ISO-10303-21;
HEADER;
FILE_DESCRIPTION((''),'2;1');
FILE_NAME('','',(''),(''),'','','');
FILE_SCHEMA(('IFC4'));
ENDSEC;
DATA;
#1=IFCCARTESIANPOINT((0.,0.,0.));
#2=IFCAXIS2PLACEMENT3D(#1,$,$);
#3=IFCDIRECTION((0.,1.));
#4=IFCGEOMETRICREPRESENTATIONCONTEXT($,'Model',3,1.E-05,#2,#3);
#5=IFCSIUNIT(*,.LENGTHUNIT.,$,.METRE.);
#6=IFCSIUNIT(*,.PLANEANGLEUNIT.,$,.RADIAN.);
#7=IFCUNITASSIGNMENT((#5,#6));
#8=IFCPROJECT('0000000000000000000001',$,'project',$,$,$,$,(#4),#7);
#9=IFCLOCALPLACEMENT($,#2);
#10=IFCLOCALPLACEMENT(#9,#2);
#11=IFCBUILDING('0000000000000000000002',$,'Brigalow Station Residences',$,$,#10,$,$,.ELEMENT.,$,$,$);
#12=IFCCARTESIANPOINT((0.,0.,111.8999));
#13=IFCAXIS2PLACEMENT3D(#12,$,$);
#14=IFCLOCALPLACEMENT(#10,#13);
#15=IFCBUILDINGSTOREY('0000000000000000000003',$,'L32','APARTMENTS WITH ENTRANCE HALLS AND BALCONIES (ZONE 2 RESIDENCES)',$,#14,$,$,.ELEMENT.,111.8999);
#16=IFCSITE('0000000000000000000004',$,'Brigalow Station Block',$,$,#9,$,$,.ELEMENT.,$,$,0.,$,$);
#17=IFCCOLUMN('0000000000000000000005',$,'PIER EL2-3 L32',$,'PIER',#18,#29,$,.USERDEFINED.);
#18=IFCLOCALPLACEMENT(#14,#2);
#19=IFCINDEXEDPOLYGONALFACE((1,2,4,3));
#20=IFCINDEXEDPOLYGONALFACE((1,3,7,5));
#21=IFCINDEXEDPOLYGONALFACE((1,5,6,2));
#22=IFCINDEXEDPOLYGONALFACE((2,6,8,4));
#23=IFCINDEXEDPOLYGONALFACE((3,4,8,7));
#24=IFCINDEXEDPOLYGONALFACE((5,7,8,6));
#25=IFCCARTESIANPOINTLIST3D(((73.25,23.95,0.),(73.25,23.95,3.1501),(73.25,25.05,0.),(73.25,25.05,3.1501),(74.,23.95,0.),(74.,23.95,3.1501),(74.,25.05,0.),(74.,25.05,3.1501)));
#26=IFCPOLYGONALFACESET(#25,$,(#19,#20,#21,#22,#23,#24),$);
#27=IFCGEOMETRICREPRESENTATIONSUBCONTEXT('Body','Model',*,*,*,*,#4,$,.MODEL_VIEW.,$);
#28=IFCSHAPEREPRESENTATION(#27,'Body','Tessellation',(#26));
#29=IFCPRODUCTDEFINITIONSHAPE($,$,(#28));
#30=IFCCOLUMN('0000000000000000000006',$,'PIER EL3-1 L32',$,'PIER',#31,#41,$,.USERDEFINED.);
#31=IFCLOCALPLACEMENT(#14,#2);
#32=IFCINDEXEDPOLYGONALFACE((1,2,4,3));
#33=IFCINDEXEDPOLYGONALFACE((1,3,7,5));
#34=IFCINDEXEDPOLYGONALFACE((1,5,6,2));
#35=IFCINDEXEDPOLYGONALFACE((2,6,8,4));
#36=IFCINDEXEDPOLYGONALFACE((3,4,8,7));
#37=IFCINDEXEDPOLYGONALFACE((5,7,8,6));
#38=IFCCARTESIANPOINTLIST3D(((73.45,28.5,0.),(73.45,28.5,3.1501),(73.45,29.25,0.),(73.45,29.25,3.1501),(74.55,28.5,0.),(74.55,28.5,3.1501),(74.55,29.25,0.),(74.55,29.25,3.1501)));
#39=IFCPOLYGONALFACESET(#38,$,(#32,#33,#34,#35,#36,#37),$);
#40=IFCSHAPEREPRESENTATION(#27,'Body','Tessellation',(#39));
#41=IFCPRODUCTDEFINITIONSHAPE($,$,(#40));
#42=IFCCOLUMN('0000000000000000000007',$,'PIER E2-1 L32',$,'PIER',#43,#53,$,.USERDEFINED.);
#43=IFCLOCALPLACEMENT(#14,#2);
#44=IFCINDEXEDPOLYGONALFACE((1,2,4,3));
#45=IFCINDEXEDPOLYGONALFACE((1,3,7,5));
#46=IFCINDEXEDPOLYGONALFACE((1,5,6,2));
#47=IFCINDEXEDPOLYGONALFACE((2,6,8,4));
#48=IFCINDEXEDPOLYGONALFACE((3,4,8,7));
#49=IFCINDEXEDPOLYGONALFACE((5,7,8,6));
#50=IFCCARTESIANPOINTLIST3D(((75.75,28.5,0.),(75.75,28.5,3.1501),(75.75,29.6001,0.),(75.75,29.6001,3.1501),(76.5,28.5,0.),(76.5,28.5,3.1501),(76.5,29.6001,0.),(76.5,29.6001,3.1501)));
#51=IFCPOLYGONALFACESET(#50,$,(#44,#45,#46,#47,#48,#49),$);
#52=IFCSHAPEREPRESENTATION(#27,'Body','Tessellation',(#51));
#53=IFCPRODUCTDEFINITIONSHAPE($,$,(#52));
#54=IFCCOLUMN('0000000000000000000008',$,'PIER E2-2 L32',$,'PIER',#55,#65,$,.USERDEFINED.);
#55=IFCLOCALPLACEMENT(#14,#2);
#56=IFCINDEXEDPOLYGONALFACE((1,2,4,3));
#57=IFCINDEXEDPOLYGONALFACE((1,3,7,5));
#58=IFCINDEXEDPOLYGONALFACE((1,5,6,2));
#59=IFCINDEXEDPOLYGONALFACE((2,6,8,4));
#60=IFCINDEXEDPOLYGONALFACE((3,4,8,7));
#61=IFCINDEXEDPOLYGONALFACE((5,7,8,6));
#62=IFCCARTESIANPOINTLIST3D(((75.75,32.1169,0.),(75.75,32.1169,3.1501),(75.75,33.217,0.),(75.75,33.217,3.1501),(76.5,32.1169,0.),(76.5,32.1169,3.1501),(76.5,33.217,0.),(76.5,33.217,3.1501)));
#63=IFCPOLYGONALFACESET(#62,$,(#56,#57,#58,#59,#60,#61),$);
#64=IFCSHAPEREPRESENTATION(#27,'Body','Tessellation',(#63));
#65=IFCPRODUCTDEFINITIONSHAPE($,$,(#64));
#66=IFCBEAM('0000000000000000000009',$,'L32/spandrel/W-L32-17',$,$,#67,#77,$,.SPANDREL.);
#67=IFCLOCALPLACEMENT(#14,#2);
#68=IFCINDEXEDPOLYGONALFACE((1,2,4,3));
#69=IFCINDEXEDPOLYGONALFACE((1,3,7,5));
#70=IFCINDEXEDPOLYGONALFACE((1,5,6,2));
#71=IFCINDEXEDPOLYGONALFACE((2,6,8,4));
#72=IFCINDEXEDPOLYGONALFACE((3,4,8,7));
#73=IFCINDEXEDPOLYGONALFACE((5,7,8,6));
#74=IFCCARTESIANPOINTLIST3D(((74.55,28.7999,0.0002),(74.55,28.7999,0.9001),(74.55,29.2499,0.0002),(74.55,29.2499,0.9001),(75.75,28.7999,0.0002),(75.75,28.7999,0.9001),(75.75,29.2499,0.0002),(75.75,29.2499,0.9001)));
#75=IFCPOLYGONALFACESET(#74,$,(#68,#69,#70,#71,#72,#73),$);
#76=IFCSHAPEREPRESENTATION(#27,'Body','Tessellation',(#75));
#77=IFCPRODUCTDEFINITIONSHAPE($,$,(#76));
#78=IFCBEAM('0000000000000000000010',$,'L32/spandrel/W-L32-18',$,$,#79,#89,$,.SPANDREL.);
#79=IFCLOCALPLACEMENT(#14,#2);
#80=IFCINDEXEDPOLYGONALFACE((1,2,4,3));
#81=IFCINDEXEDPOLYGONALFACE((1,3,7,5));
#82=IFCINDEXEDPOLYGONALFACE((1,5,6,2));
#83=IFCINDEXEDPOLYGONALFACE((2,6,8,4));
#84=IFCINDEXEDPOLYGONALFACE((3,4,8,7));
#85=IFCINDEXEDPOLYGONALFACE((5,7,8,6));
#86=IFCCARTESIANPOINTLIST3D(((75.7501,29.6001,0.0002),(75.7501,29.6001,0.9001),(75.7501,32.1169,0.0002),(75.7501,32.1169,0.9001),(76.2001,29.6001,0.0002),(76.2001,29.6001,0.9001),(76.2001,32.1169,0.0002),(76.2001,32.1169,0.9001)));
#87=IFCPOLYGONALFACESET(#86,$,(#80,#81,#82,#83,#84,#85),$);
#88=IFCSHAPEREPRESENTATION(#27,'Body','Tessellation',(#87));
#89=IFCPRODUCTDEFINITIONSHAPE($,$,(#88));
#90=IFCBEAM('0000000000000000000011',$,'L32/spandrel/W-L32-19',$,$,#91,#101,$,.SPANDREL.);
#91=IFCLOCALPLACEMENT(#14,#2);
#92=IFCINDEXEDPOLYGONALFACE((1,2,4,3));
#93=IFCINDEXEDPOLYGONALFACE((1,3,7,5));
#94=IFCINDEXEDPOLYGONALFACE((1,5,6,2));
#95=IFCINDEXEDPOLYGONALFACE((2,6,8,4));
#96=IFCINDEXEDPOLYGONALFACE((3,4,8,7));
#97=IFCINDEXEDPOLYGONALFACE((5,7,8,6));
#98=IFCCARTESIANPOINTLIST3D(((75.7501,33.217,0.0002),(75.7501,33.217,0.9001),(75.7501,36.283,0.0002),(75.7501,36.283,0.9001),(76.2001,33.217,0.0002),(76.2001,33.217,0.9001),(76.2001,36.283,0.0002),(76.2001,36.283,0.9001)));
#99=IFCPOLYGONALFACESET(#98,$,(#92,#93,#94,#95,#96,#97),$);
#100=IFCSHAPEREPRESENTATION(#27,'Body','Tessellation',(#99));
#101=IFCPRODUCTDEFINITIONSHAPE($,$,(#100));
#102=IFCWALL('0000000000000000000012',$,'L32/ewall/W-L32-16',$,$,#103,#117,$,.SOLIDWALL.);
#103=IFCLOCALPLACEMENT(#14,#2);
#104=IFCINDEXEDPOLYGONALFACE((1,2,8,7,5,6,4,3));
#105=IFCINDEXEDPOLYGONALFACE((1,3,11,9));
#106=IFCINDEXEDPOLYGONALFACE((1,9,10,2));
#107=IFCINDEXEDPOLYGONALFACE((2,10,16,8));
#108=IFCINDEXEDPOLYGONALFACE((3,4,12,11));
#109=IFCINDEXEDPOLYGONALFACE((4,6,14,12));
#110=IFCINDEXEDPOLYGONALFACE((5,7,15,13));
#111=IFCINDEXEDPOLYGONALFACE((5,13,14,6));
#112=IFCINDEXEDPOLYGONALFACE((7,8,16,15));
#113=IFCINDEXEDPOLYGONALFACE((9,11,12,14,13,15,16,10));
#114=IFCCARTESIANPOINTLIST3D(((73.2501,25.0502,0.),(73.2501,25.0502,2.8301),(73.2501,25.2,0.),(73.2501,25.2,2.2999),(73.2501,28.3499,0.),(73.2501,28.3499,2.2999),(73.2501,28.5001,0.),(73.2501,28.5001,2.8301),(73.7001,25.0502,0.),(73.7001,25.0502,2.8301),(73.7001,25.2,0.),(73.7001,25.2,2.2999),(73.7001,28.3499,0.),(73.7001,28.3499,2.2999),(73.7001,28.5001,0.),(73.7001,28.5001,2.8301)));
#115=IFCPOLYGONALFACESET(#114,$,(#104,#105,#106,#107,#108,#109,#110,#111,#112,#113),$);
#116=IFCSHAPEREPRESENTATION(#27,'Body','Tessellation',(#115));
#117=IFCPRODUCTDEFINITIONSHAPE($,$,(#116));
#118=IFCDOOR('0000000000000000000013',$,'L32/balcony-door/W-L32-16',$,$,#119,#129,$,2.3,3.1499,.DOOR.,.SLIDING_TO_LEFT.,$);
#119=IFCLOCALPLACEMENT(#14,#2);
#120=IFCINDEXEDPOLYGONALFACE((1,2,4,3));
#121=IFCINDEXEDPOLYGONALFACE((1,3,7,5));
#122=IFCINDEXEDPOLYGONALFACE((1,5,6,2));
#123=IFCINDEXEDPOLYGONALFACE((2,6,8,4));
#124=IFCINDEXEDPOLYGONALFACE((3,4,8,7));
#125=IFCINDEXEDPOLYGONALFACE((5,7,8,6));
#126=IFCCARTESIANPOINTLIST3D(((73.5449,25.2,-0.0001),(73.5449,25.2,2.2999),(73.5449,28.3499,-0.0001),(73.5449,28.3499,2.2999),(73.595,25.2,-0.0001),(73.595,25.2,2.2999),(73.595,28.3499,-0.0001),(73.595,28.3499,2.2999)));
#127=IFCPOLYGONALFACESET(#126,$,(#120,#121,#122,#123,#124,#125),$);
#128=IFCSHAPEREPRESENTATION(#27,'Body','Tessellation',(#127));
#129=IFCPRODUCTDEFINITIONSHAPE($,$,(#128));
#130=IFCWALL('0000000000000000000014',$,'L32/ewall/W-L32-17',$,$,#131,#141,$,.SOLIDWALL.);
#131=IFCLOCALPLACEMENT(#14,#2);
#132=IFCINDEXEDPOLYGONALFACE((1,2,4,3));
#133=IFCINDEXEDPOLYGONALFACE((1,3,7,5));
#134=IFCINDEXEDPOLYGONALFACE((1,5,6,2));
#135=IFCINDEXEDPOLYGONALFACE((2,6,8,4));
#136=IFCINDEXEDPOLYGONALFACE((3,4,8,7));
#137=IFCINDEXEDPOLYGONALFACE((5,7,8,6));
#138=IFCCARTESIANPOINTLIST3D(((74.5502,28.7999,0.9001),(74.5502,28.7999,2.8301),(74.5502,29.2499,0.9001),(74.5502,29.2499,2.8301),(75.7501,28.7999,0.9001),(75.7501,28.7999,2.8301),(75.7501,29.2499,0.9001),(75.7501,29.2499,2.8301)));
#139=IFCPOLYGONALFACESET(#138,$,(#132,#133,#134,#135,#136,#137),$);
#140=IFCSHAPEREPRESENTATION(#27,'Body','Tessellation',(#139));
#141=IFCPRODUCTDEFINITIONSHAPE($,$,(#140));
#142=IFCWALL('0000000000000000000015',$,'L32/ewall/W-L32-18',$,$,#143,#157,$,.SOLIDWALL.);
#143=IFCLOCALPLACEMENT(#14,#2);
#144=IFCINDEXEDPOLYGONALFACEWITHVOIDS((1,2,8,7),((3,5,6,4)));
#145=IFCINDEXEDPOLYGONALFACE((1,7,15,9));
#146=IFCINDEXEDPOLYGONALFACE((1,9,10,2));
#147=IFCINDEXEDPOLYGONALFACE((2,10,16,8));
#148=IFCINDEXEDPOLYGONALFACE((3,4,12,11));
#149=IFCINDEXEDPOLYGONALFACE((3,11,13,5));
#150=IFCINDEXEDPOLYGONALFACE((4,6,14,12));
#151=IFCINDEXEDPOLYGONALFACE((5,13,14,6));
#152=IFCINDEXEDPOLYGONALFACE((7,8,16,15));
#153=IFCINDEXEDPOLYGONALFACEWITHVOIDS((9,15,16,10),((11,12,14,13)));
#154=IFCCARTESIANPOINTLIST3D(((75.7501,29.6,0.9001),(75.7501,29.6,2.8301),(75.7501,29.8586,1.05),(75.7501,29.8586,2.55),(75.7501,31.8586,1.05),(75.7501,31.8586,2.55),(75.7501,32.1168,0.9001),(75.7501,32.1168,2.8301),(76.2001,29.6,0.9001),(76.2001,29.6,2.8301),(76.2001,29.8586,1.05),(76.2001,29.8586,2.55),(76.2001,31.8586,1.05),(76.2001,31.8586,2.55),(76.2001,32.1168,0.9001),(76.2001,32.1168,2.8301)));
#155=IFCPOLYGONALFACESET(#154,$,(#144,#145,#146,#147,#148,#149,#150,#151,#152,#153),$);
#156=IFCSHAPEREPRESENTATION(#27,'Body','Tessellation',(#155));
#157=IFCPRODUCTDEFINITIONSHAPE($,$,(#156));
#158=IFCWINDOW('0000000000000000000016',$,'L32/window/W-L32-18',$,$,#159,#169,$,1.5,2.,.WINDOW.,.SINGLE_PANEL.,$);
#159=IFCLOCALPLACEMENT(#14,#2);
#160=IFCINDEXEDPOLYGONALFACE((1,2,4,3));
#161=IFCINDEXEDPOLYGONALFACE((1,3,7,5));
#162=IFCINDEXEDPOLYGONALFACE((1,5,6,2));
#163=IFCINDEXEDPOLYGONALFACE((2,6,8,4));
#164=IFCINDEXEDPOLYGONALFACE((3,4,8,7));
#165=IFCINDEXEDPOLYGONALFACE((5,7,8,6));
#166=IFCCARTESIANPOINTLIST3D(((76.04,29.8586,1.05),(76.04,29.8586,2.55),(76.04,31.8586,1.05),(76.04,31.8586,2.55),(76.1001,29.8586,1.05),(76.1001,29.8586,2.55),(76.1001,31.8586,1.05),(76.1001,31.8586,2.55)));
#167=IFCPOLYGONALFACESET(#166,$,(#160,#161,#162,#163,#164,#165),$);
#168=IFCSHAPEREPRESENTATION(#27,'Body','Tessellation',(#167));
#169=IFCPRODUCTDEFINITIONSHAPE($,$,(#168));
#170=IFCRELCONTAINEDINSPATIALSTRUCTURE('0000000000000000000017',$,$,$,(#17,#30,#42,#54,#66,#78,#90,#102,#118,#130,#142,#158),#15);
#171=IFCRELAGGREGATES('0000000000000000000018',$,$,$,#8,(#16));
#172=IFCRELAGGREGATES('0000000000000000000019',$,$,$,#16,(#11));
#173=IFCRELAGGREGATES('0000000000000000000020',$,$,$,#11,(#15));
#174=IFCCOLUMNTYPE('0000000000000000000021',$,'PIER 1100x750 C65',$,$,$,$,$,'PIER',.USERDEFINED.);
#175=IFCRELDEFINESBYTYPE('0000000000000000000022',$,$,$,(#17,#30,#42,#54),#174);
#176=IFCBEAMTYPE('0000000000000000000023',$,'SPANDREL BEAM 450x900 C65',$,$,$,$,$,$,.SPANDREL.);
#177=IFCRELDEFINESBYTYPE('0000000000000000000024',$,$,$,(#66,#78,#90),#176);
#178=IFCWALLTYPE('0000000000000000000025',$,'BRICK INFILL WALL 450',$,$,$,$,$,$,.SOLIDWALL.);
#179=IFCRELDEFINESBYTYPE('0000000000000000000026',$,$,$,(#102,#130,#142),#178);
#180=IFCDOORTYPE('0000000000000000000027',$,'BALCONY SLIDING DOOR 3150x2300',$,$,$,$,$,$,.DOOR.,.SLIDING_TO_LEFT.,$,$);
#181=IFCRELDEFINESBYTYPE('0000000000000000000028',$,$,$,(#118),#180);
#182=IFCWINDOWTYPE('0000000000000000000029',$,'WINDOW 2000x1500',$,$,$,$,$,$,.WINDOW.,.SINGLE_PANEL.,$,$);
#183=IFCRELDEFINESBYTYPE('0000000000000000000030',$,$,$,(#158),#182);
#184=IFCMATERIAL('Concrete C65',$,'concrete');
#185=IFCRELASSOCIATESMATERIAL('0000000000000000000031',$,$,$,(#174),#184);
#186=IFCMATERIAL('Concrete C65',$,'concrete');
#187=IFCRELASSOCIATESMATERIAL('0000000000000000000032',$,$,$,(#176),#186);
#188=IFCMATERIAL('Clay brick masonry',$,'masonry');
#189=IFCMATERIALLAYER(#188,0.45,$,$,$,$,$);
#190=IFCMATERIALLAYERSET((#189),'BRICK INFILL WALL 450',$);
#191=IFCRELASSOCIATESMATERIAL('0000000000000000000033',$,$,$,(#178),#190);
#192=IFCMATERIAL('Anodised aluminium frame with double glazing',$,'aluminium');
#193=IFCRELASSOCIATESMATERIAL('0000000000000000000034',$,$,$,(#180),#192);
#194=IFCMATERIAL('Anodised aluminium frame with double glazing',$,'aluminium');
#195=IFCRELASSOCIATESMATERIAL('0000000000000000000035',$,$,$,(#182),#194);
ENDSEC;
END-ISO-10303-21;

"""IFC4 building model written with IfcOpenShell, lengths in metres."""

from ifc_helpers import new_model, si_unit, direction, frame, frame_2d, origin, origin_2d, place, context, subcontext, project, spatial, rectangle, extrude, material, layer, layer_set, material_profile, profile_set, type_object, element, fill, save


model = new_model("IFC4")

# Units and contexts
model_context = context("Model", 3, precision=1e-05, world=origin(), true_north=direction((0.0, 1.0)))
body_context = subcontext(model_context, "Body", "Model", "MODEL_VIEW")
ifc_project = project(units=[si_unit("LENGTHUNIT", "METRE"), si_unit("PLANEANGLEUNIT", "RADIAN")], contexts=[model_context])

# Site, building, storey
site_placement = place(None, origin())
site = spatial("IfcSite", under=ifc_project, at=site_placement, Name="Brigalow Station Block", CompositionType="ELEMENT", RefElevation=0.0)
building_placement = place(site_placement, origin())
building = spatial("IfcBuilding", under=site, at=building_placement, Name="Brigalow Station Residences", CompositionType="ELEMENT")
storey_placement = place(building_placement, frame((0.0, 0.0, 111.8999)))
storey = spatial("IfcBuildingStorey", under=building, at=storey_placement, Name="L32", Description="APARTMENTS WITH ENTRANCE HALLS AND BALCONIES (ZONE 2 RESIDENCES)", CompositionType="ELEMENT", Elevation=111.8999)

# Columns
ifc_material_1 = material(Name="Concrete C65", Category="concrete")
ifc_material_profile_1 = material_profile(ifc_material_1, rectangle(XDim=1.1001, YDim=0.75, at=origin_2d()), Name="RC1100x750")
ifc_profile_set_1 = profile_set([ifc_material_profile_1], Name="Concrete C65")
column_type = type_object("IfcColumnType", Name="PIER 1100x750 C65", ElementType="PIER", PredefinedType="USERDEFINED", material=ifc_profile_set_1)
for number, where, z_axis, x_axis, name in (
    (1, (73.625, 24.5, 0.0), (0.0, 0.0, 1.0), (0.0, 1.0, 0.0), "PIER EL2-3 L32"),
    (2, (74.0, 28.875, 0.0), (0.0, 0.0, 1.0), (1.0, 0.0, 0.0), "PIER EL3-1 L32"),
    (3, (76.125, 29.05, 0.0), (0.0, 0.0, 1.0), (0.0, 1.0, 0.0), "PIER E2-1 L32"),
    (4, (76.125, 32.667, 0.0), (0.0, 0.0, 1.0), (0.0, 1.0, 0.0), "PIER E2-2 L32"),
):
    element("IfcColumn", number, at=place(storey_placement, frame(where, z_axis=z_axis, x_axis=x_axis)), inside=storey, type_object=column_type, Name=name, ObjectType="PIER", PredefinedType="USERDEFINED", context=body_context, shape_type="SweptSolid", body=[
        extrude(rectangle(XDim=1.1001, YDim=0.75, at=origin_2d()), origin(), (0.0, 0.0, 1.0), 3.1501),
    ])

# Beams
ifc_material_2 = material(Name="Concrete C65", Category="concrete")
ifc_material_profile_2 = material_profile(ifc_material_2, rectangle(XDim=0.45, YDim=0.8999, at=origin_2d()), Name="RC450x900")
ifc_profile_set_2 = profile_set([ifc_material_profile_2], Name="Concrete C65")
beam_type = type_object("IfcBeamType", Name="SPANDREL BEAM 450x900 C65", PredefinedType="SPANDREL", material=ifc_profile_set_2)
beam_1_placement = place(storey_placement, frame((74.55, 29.0249, 0.4502), z_axis=(1.0, 0.0, 0.0), x_axis=(0.0, 1.0, 0.0)))
element("IfcBeam", 5, at=beam_1_placement, inside=storey, type_object=beam_type, Name="L32/spandrel/W-L32-17", PredefinedType="SPANDREL", context=body_context, shape_type="SweptSolid", body=[
    extrude(rectangle(XDim=0.45, YDim=0.8999, at=origin_2d()), origin(), (0.0, 0.0, 1.0), 1.2),
])
beam_2_placement = place(storey_placement, frame((75.9751, 29.6001, 0.4502), z_axis=(0.0, 1.0, 0.0), x_axis=(-1.0, 0.0, 0.0)))
element("IfcBeam", 6, at=beam_2_placement, inside=storey, type_object=beam_type, Name="L32/spandrel/W-L32-18", PredefinedType="SPANDREL", context=body_context, shape_type="SweptSolid", body=[
    extrude(rectangle(XDim=0.45, YDim=0.8999, at=origin_2d()), origin(), (0.0, 0.0, 1.0), 2.5168),
])
beam_3_placement = place(storey_placement, frame((75.9751, 33.217, 0.4502), z_axis=(0.0, 1.0, 0.0), x_axis=(-1.0, 0.0, 0.0)))
element("IfcBeam", 7, at=beam_3_placement, inside=storey, type_object=beam_type, Name="L32/spandrel/W-L32-19", PredefinedType="SPANDREL", context=body_context, shape_type="SweptSolid", body=[
    extrude(rectangle(XDim=0.45, YDim=0.8999, at=origin_2d()), origin(), (0.0, 0.0, 1.0), 3.0659),
])

# Wall, opening, door
ifc_material_3 = material(Name="Clay brick masonry", Category="masonry")
ifc_layer_1 = layer(ifc_material_3, 0.45)
ifc_layer_set_1 = layer_set([ifc_layer_1], Name="BRICK INFILL WALL 450")
wall_type_1 = type_object("IfcWallType", Name="BRICK INFILL WALL 450", PredefinedType="SOLIDWALL", material=ifc_layer_set_1)
wall_1_placement = place(storey_placement, frame((73.4751, 25.05, 0.0), z_axis=(0.0, 0.0, 1.0), x_axis=(0.0, 1.0, 0.0)))
wall_1 = element("IfcWall", 8, at=wall_1_placement, inside=storey, type_object=wall_type_1, Name="L32/ewall/W-L32-16", PredefinedType="SOLIDWALL", context=body_context, shape_type="SweptSolid", body=[
    extrude(rectangle(XDim=3.45, YDim=0.45, at=frame_2d((1.7251, 0.0))), origin(), (0.0, 0.0, 1.0), 2.8301),
])
opening_1_placement = place(wall_1_placement, frame((0.1499, 0.0, 0.0)))
opening_1 = element("IfcOpeningElement", 9, at=opening_1_placement, cuts=wall_1, PredefinedType="OPENING", context=body_context, shape_type="SweptSolid", body=[
    extrude(rectangle(XDim=3.1499, YDim=2.3, at=frame_2d((1.575, 1.1499))), frame((0.0, 0.2349, 0.0), z_axis=(0.0, -1.0, 0.0), x_axis=(1.0, 0.0, 0.0)), (0.0, 0.0, 1.0), 0.47),
])
ifc_material_4 = material(Name="Anodised aluminium frame with double glazing", Category="aluminium")
door_type_1 = type_object("IfcDoorType", Name="BALCONY SLIDING DOOR 3150x2300", OperationType="SLIDING_TO_LEFT", PredefinedType="DOOR", material=ifc_material_4)
door_1_placement = place(opening_1_placement, origin())
door_1 = element("IfcDoor", 10, at=door_1_placement, inside=storey, type_object=door_type_1, Name="L32/balcony-door/W-L32-16", OperationType="SLIDING_TO_LEFT", OverallHeight=2.3, OverallWidth=3.1499, PredefinedType="DOOR", context=body_context, shape_type="SweptSolid", body=[
    extrude(rectangle(XDim=3.1499, YDim=2.3, at=frame_2d((1.575, 1.1499))), frame((0.0, -0.0698, 0.0), z_axis=(0.0, -1.0, 0.0), x_axis=(1.0, 0.0, 0.0)), (0.0, 0.0, 1.0), 0.05),
])
fill(opening_1, door_1)

# Wall
wall_2_placement = place(storey_placement, frame((74.55, 29.0249, 0.9001), z_axis=(0.0, 0.0, 1.0), x_axis=(1.0, 0.0, 0.0)))
element("IfcWall", 11, at=wall_2_placement, inside=storey, type_object=wall_type_1, Name="L32/ewall/W-L32-17", PredefinedType="SOLIDWALL", context=body_context, shape_type="SweptSolid", body=[
    extrude(rectangle(XDim=1.2, YDim=0.45, at=frame_2d((0.6001, 0.0))), origin(), (0.0, 0.0, 1.0), 1.9299),
])

# Wall, opening, window
wall_3_placement = place(storey_placement, frame((75.9751, 29.6001, 0.9001), z_axis=(0.0, 0.0, 1.0), x_axis=(0.0, 1.0, 0.0)))
wall_3 = element("IfcWall", 12, at=wall_3_placement, inside=storey, type_object=wall_type_1, Name="L32/ewall/W-L32-18", PredefinedType="SOLIDWALL", context=body_context, shape_type="SweptSolid", body=[
    extrude(rectangle(XDim=2.5168, YDim=0.45, at=frame_2d((1.2583, 0.0))), origin(), (0.0, 0.0, 1.0), 1.9299),
])
opening_2_placement = place(wall_3_placement, frame((0.2585, 0.0, 0.1499)))
opening_2 = element("IfcOpeningElement", 13, at=opening_2_placement, cuts=wall_3, PredefinedType="OPENING", context=body_context, shape_type="SweptSolid", body=[
    extrude(rectangle(XDim=2.0, YDim=1.5, at=frame_2d((1.0, 0.75))), frame((0.0, 0.2349, 0.0), z_axis=(0.0, -1.0, 0.0), x_axis=(1.0, 0.0, 0.0)), (0.0, 0.0, 1.0), 0.47),
])
ifc_material_5 = material(Name="Anodised aluminium frame with double glazing", Category="aluminium")
window_type_1 = type_object("IfcWindowType", Name="WINDOW 2000x1500", PartitioningType="SINGLE_PANEL", PredefinedType="WINDOW", material=ifc_material_5)
window_1_placement = place(opening_2_placement, origin())
window_1 = element("IfcWindow", 14, at=window_1_placement, inside=storey, type_object=window_type_1, Name="L32/window/W-L32-18", OverallHeight=1.5, OverallWidth=2.0, PartitioningType="SINGLE_PANEL", PredefinedType="WINDOW", context=body_context, shape_type="SweptSolid", body=[
    extrude(rectangle(XDim=2.0, YDim=1.5, at=frame_2d((1.0, 0.75))), frame((0.0, -0.0649, 0.0), z_axis=(0.0, -1.0, 0.0), x_axis=(1.0, 0.0, 0.0)), (0.0, 0.0, 1.0), 0.0601),
])
fill(opening_2, window_1)

save(model, "model.ifc")
